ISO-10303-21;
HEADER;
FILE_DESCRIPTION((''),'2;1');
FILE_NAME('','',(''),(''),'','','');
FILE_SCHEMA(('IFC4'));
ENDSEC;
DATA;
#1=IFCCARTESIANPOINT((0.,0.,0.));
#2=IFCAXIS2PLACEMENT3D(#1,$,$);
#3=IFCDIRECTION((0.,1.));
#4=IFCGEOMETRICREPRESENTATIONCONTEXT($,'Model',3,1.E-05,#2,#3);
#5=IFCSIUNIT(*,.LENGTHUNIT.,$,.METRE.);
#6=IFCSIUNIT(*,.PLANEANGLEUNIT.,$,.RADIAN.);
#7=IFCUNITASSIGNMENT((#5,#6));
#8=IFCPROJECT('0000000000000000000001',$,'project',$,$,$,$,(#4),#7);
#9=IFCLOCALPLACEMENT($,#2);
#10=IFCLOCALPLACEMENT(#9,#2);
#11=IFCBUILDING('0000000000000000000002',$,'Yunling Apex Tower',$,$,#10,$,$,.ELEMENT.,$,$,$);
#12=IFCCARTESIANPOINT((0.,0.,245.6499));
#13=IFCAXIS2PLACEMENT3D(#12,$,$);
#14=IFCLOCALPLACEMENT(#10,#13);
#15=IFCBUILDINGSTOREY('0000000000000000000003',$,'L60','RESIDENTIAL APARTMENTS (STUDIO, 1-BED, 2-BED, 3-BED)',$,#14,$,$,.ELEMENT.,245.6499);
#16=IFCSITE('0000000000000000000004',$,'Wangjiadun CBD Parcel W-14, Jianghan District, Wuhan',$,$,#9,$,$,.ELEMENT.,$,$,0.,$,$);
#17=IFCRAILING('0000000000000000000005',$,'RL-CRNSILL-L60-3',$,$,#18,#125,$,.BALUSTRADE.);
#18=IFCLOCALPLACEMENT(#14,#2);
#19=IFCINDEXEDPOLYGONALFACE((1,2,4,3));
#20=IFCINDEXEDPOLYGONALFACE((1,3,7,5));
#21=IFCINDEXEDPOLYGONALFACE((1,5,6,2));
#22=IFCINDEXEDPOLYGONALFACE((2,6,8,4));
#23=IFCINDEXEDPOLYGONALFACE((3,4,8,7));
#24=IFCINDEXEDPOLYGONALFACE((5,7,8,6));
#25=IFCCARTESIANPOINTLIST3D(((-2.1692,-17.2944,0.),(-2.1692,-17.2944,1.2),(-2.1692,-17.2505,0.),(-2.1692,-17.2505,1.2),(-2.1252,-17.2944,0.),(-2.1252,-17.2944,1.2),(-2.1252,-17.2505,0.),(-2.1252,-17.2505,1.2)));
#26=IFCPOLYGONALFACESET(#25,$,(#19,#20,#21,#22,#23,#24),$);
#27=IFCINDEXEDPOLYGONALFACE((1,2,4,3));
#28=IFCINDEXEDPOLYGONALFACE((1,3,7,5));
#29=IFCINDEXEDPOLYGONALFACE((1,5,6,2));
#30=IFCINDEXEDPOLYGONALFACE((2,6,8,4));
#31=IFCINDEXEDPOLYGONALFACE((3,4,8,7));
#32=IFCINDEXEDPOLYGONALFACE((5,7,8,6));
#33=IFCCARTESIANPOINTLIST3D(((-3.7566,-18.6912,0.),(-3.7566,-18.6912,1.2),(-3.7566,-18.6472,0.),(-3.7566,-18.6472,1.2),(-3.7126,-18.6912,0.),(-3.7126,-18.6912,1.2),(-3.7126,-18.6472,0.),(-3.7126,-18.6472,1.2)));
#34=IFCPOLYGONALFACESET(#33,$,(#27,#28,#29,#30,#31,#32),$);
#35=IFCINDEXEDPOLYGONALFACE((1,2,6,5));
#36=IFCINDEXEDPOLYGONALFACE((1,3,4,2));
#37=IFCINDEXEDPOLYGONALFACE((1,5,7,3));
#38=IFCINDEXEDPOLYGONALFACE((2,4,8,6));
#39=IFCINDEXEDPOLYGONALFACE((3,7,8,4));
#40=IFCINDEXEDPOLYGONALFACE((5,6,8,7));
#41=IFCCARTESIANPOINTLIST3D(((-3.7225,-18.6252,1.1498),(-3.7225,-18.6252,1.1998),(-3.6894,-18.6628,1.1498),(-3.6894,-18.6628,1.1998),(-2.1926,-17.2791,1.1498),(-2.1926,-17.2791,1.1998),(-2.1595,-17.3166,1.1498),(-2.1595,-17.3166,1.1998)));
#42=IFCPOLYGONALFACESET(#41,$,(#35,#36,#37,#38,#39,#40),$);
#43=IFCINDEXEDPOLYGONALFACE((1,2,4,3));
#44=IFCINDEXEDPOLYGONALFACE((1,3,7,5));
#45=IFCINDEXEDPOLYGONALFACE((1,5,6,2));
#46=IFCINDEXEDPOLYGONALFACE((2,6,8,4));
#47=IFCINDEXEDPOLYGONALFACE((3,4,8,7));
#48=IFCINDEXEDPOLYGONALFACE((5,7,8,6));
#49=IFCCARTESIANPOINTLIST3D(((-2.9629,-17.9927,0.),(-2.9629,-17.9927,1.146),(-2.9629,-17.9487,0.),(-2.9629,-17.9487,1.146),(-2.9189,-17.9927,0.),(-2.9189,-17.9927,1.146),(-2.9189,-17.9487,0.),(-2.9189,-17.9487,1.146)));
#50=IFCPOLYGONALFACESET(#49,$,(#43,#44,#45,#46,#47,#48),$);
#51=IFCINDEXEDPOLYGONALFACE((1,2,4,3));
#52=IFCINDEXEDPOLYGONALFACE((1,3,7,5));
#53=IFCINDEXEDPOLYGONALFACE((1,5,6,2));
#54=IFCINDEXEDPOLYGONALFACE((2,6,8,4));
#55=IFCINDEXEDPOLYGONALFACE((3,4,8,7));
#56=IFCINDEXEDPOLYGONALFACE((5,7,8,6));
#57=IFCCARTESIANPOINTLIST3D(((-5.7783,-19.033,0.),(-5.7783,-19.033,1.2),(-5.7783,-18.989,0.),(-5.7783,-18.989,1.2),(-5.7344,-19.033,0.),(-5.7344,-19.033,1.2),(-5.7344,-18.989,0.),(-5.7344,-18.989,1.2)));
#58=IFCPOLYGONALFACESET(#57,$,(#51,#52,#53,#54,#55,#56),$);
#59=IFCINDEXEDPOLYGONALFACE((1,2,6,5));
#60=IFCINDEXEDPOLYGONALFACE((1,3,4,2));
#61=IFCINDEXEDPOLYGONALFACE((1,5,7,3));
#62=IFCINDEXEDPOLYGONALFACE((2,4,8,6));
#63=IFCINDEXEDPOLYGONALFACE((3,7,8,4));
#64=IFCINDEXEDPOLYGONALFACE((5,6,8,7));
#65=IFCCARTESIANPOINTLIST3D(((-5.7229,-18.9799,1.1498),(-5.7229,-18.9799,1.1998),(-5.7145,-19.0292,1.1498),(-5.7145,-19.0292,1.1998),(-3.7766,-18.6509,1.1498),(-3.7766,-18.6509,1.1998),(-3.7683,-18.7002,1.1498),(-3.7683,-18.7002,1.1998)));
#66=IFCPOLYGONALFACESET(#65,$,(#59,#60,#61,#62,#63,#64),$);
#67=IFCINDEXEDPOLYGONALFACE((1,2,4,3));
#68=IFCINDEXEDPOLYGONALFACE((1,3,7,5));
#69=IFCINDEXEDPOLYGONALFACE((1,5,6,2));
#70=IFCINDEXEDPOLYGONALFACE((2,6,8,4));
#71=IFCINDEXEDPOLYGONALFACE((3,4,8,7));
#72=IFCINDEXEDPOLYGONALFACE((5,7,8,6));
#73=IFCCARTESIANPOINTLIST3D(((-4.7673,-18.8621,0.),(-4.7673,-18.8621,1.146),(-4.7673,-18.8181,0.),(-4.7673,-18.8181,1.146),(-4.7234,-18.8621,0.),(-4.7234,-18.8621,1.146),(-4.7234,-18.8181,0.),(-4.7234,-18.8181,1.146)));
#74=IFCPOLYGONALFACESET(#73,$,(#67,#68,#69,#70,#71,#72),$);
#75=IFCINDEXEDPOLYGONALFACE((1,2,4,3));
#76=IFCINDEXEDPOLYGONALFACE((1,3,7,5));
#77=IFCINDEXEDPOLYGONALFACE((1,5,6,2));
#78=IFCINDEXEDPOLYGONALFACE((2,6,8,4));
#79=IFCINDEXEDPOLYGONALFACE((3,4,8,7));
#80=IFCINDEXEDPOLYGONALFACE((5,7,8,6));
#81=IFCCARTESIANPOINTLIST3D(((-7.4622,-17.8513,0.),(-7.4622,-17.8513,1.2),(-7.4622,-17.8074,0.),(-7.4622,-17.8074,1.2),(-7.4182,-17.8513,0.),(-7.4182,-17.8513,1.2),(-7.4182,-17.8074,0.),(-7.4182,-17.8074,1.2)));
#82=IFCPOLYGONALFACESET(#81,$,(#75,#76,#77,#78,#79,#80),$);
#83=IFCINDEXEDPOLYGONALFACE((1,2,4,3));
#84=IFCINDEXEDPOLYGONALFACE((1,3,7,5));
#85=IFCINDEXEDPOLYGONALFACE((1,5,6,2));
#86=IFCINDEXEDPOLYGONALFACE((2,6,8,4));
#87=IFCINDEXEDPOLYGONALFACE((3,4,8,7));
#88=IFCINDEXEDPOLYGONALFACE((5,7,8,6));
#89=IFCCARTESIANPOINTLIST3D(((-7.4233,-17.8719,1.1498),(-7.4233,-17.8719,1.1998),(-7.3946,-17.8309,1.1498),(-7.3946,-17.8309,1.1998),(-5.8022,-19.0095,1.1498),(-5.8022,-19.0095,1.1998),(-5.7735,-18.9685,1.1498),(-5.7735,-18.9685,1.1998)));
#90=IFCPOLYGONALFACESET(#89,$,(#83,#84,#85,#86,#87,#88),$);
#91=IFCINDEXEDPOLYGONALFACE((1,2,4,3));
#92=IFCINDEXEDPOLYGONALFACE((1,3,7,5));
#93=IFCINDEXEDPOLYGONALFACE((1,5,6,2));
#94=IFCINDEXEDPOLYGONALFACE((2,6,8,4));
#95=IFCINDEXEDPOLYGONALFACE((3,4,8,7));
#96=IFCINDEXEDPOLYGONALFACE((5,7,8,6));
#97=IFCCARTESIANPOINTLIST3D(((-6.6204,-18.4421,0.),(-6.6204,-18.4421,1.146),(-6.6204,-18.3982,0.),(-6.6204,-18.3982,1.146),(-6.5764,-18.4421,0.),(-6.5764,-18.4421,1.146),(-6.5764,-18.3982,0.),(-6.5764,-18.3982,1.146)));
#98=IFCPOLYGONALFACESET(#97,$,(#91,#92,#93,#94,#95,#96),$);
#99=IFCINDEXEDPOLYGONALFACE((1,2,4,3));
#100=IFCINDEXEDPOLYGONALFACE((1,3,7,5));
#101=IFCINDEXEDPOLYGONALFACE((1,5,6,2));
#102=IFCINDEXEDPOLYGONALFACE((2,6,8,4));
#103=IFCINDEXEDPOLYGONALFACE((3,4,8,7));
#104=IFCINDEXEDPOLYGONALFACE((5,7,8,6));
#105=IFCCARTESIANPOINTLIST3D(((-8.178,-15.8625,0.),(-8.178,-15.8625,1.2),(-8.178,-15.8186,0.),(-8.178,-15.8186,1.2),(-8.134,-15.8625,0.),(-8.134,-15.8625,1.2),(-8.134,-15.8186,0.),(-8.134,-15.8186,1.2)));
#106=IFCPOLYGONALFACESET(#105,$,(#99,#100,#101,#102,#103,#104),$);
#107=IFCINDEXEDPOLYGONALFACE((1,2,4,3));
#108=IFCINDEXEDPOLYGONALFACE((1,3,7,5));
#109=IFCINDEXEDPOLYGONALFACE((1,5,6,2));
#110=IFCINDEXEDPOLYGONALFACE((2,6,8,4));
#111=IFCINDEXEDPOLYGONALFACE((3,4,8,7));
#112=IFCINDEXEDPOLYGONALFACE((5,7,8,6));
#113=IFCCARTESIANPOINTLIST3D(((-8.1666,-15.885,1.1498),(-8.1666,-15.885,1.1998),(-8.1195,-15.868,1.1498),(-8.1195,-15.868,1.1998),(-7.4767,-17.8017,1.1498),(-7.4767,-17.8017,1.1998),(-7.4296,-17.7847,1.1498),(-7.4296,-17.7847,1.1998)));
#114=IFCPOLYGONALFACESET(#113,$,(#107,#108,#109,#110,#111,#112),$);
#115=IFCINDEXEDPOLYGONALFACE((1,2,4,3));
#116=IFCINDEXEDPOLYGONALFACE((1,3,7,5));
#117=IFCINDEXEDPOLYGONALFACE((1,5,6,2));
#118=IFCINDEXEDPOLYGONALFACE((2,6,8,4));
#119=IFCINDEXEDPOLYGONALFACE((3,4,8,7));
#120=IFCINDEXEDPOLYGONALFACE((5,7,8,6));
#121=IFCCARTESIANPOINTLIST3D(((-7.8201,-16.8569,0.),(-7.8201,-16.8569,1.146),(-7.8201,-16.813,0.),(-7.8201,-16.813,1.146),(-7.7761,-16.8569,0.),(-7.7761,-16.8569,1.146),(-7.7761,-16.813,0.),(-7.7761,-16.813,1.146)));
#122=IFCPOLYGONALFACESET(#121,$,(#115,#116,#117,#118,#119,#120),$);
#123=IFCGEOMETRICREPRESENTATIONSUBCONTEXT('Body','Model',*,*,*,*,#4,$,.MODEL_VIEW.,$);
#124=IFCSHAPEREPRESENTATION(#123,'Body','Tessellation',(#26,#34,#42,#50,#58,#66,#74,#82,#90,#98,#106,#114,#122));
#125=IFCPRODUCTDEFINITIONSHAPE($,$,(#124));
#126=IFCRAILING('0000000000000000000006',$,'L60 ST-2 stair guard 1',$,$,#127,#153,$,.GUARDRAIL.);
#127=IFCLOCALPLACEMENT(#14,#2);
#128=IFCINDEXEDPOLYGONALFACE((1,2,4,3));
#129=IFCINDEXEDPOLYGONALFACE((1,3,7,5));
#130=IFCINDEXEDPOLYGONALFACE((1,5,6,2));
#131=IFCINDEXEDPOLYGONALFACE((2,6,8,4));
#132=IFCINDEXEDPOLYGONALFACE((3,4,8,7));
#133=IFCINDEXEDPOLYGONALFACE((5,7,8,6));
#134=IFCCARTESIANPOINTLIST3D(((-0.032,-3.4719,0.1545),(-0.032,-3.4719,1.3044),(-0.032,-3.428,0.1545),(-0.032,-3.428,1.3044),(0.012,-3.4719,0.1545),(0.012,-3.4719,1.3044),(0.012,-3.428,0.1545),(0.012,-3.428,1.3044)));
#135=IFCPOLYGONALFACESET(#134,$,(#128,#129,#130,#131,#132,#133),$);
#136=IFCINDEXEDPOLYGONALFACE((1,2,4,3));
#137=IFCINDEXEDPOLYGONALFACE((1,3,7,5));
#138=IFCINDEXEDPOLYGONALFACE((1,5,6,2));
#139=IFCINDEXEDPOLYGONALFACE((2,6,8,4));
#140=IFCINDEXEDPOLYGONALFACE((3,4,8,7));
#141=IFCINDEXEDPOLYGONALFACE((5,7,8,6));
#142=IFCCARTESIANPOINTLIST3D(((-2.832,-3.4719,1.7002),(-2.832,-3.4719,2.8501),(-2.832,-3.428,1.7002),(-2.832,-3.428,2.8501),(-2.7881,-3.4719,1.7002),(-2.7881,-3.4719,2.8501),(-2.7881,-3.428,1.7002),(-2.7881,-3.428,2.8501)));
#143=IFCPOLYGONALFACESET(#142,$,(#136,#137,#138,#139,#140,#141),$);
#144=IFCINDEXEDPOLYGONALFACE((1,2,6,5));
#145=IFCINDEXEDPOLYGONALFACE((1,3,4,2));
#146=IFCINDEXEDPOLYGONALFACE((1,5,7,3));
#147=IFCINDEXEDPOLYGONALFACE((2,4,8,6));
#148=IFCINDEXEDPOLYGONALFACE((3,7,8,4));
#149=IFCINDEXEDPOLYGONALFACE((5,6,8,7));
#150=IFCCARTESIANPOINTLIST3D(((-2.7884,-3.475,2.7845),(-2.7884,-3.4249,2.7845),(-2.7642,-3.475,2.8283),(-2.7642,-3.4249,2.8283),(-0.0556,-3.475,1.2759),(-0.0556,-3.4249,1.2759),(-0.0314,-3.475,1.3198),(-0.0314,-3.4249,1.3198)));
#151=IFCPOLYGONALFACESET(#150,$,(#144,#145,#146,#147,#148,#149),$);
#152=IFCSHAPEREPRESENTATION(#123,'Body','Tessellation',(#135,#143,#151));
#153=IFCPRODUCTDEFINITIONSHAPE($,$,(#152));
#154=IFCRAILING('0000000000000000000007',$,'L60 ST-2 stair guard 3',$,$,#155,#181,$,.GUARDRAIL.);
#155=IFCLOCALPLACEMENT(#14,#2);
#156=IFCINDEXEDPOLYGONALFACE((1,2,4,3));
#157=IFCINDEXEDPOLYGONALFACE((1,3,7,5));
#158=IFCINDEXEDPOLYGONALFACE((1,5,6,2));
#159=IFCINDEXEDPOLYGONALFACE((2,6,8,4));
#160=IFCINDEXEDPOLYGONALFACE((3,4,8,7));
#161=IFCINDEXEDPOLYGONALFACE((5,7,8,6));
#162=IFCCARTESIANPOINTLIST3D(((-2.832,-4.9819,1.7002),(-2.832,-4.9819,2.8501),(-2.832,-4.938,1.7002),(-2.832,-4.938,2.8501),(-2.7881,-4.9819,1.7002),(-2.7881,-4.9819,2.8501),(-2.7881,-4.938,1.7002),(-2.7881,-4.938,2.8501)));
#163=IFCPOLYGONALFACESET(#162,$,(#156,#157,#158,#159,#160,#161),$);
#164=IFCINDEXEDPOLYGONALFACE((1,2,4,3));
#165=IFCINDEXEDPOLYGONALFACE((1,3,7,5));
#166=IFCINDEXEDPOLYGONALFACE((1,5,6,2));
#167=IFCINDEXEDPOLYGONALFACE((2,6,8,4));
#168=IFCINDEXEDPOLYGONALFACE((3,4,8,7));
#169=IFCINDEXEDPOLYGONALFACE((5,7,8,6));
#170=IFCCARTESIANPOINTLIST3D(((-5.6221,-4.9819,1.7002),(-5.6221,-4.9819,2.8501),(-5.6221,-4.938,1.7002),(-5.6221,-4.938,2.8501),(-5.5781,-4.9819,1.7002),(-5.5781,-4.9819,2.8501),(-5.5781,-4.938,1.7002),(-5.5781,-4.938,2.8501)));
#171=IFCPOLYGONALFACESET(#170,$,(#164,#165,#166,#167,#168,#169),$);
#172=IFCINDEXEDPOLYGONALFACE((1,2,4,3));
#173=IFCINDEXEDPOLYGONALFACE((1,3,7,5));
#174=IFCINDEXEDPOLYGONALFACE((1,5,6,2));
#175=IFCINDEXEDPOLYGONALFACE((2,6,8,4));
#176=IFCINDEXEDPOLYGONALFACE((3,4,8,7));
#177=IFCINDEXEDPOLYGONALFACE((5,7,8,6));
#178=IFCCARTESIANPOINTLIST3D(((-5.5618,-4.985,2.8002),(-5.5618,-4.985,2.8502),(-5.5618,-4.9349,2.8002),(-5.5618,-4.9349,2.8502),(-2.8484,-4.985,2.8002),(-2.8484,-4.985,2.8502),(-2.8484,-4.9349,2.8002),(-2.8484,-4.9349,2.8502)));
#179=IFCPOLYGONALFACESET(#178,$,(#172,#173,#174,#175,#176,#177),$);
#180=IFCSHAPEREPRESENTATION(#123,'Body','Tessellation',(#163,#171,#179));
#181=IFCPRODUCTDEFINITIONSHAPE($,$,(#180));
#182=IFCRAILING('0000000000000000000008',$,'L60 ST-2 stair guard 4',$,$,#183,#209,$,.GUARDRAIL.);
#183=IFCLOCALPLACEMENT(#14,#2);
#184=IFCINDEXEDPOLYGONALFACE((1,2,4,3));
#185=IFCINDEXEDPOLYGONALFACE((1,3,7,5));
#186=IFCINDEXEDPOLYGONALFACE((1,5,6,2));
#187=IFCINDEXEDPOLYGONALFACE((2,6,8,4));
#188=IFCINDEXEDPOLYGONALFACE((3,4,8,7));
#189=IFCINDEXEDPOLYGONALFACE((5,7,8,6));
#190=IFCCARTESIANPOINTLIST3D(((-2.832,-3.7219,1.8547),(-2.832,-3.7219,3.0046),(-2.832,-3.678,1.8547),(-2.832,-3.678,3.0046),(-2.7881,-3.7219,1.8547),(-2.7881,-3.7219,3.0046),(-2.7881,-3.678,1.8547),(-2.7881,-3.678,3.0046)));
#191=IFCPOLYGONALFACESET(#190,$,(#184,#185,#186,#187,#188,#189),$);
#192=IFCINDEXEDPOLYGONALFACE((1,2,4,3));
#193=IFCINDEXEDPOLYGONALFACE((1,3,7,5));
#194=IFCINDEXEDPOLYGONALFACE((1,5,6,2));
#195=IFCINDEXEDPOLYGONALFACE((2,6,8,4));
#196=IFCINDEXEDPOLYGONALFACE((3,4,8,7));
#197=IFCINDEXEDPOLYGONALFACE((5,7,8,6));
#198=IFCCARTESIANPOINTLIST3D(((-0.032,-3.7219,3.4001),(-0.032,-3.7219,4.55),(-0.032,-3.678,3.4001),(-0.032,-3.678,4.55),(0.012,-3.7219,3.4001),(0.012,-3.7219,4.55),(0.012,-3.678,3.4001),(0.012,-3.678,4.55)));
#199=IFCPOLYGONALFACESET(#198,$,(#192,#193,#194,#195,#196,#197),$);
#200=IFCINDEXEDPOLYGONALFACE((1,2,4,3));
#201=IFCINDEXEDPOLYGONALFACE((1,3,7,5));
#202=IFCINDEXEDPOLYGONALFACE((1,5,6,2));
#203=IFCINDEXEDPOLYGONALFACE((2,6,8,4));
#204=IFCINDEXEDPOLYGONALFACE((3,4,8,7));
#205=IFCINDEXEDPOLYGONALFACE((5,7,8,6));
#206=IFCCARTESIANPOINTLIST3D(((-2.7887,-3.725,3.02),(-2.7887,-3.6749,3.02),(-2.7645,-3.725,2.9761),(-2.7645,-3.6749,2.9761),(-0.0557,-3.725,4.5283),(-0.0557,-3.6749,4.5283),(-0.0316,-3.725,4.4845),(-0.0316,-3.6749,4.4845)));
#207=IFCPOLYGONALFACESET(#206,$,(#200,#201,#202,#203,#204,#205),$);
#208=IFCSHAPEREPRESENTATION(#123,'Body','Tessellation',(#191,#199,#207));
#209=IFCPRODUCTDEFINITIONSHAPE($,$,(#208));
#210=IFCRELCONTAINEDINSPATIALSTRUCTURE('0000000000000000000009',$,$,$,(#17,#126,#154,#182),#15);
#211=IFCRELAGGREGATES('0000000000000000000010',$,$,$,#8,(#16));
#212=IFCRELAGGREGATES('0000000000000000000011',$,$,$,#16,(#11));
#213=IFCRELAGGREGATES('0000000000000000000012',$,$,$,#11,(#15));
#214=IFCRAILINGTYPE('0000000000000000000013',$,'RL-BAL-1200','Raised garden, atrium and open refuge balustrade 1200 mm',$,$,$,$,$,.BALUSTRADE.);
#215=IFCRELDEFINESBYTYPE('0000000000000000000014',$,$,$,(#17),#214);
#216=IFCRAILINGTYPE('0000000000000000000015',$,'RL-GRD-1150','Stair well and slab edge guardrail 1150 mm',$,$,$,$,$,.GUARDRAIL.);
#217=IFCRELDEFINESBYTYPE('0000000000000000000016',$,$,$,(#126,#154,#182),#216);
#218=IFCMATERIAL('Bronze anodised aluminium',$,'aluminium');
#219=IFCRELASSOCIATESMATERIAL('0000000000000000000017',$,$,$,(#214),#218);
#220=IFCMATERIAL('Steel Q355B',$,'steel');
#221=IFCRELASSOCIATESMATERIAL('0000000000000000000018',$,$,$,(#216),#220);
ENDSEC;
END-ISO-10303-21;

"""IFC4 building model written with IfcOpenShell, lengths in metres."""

from ifc_helpers import new_model, si_unit, direction, frame, origin, origin_2d, place, context, subcontext, project, spatial, rectangle, extrude, material, type_object, element, save


model = new_model("IFC4")

# Units and contexts
model_context = context("Model", 3, precision=1e-05, world=origin(), true_north=direction((0.0, 1.0)))
body_context = subcontext(model_context, "Body", "Model", "MODEL_VIEW")
ifc_project = project(units=[si_unit("LENGTHUNIT", "METRE"), si_unit("PLANEANGLEUNIT", "RADIAN")], contexts=[model_context])

# Site, building, storey
site_placement = place(None, origin())
site = spatial("IfcSite", under=ifc_project, at=site_placement, Name="Wangjiadun CBD Parcel W-14, Jianghan District, Wuhan", CompositionType="ELEMENT", RefElevation=0.0)
building_placement = place(site_placement, origin())
building = spatial("IfcBuilding", under=site, at=building_placement, Name="Yunling Apex Tower", CompositionType="ELEMENT")
storey_placement = place(building_placement, frame((0.0, 0.0, 245.6499)))
storey = spatial("IfcBuildingStorey", under=building, at=storey_placement, Name="L60", Description="RESIDENTIAL APARTMENTS (STUDIO, 1-BED, 2-BED, 3-BED)", CompositionType="ELEMENT", Elevation=245.6499)

# Shared definitions
ifc_material_1 = material(Name="Steel Q355B", Category="steel")

# Shared definitions
ifc_material_2 = material(Name="Bronze anodised aluminium", Category="aluminium")

# Railings
railing_type_1 = type_object("IfcRailingType", Name="RL-BAL-1200", Description="Raised garden, atrium and open refuge balustrade 1200 mm", PredefinedType="BALUSTRADE", material=ifc_material_2)
railing_1_placement = place(storey_placement, frame((-2.1472, -17.2725, 0.0)))
element("IfcRailing", 1, at=railing_1_placement, inside=storey, type_object=railing_type_1, Name="RL-CRNSILL-L60-3", PredefinedType="BALUSTRADE", context=body_context, shape_type="SweptSolid", body=[
    extrude(rectangle(XDim=0.0439, YDim=0.0439, at=origin_2d()), origin(), (0.0, 0.0, 1.0), 1.2),
    extrude(rectangle(XDim=0.0439, YDim=0.0439, at=origin_2d()), frame((-1.5874, -1.3967, 0.0)), (0.0, 0.0, 1.0), 1.2),
    extrude(rectangle(XDim=0.05, YDim=0.05, at=origin_2d()), frame((-0.0288, -0.0254, 1.1748), z_axis=(-0.750757, -0.660578, 0.0), x_axis=(0.660578, -0.750757, 0.0)), (0.0, 0.0, 1.0), 2.0378),
    extrude(rectangle(XDim=0.0439, YDim=0.0439, at=origin_2d()), frame((-0.7937, -0.6982, 0.0)), (0.0, 0.0, 1.0), 1.146),
    extrude(rectangle(XDim=0.0439, YDim=0.0439, at=origin_2d()), frame((-3.6091, -1.7385, 0.0)), (0.0, 0.0, 1.0), 1.2),
    extrude(rectangle(XDim=0.05, YDim=0.05, at=origin_2d()), frame((-1.6252, -1.4031, 1.1748), z_axis=(-0.986008, -0.166696, 0.0), x_axis=(0.166696, -0.986008, 0.0)), (0.0, 0.0, 1.0), 1.9739),
    extrude(rectangle(XDim=0.0439, YDim=0.0439, at=origin_2d()), frame((-2.5981, -1.5676, 0.0)), (0.0, 0.0, 1.0), 1.146),
    extrude(rectangle(XDim=0.0439, YDim=0.0439, at=origin_2d()), frame((-5.293, -0.5569, 0.0)), (0.0, 0.0, 1.0), 1.2),
    extrude(rectangle(XDim=0.05, YDim=0.05, at=origin_2d()), frame((-3.6406, -1.7166, 1.1748), z_axis=(-0.818557, 0.574426, 0.0), x_axis=(-0.574426, -0.818557, 0.0)), (0.0, 0.0, 1.0), 1.9805),
    extrude(rectangle(XDim=0.0439, YDim=0.0439, at=origin_2d()), frame((-4.4512, -1.1477, 0.0)), (0.0, 0.0, 1.0), 1.146),
    extrude(rectangle(XDim=0.0439, YDim=0.0439, at=origin_2d()), frame((-6.0088, 1.4319, 0.0)), (0.0, 0.0, 1.0), 1.2),
    extrude(rectangle(XDim=0.05, YDim=0.05, at=origin_2d()), frame((-5.3059, -0.5208, 1.1748), z_axis=(-0.338662, 0.940908, 0.0), x_axis=(-0.940908, -0.338662, 0.0)), (0.0, 0.0, 1.0), 2.0371),
    extrude(rectangle(XDim=0.0439, YDim=0.0439, at=origin_2d()), frame((-5.6509, 0.4375, 0.0)), (0.0, 0.0, 1.0), 1.146),
])
railing_type_2 = type_object("IfcRailingType", Name="RL-GRD-1150", Description="Stair well and slab edge guardrail 1150 mm", PredefinedType="GUARDRAIL", material=ifc_material_1)
railing_2_placement = place(storey_placement, frame((-0.01, -3.45, 0.1545)))
element("IfcRailing", 2, at=railing_2_placement, inside=storey, type_object=railing_type_2, Name="L60 ST-2 stair guard 1", PredefinedType="GUARDRAIL", context=body_context, shape_type="SweptSolid", body=[
    extrude(rectangle(XDim=0.0439, YDim=0.0439, at=origin_2d()), origin(), (0.0, 0.0, 1.0), 1.1499),
    extrude(rectangle(XDim=0.0439, YDim=0.0439, at=origin_2d()), frame((-2.8, 0.0, 1.5457)), (0.0, 0.0, 1.0), 1.1499),
    extrude(rectangle(XDim=0.05, YDim=0.05, at=origin_2d()), frame((-0.0334, 0.0, 1.1433), z_axis=(-0.875472, 0.0, 0.483269), x_axis=(0.0, -1.0, 0.0)), (0.0, 0.0, 1.0), 3.1216),
])
railing_3_placement = place(storey_placement, frame((-2.8101, -4.96, 1.7002)))
element("IfcRailing", 3, at=railing_3_placement, inside=storey, type_object=railing_type_2, Name="L60 ST-2 stair guard 3", PredefinedType="GUARDRAIL", context=body_context, shape_type="SweptSolid", body=[
    extrude(rectangle(XDim=0.0439, YDim=0.0439, at=origin_2d()), origin(), (0.0, 0.0, 1.0), 1.1499),
    extrude(rectangle(XDim=0.0439, YDim=0.0439, at=origin_2d()), frame((-2.79, 0.0, 0.0)), (0.0, 0.0, 1.0), 1.1499),
    extrude(rectangle(XDim=0.05, YDim=0.05, at=origin_2d()), frame((-0.0383, 0.0, 1.125), z_axis=(-1.0, 0.0, 0.0), x_axis=(0.0, -1.0, 0.0)), (0.0, 0.0, 1.0), 2.7134),
])
railing_4_placement = place(storey_placement, frame((-2.8101, -3.7, 1.8547)))
element("IfcRailing", 4, at=railing_4_placement, inside=storey, type_object=railing_type_2, Name="L60 ST-2 stair guard 4", PredefinedType="GUARDRAIL", context=body_context, shape_type="SweptSolid", body=[
    extrude(rectangle(XDim=0.0439, YDim=0.0439, at=origin_2d()), origin(), (0.0, 0.0, 1.0), 1.1499),
    extrude(rectangle(XDim=0.0439, YDim=0.0439, at=origin_2d()), frame((2.8, 0.0, 1.5454)), (0.0, 0.0, 1.0), 1.1499),
    extrude(rectangle(XDim=0.05, YDim=0.05, at=origin_2d()), frame((0.0334, 0.0, 1.1433), z_axis=(0.875504, 0.0, 0.483211), x_axis=(0.0, 1.0, 0.0)), (0.0, 0.0, 1.0), 3.1216),
])

save(model, "model.ifc")
